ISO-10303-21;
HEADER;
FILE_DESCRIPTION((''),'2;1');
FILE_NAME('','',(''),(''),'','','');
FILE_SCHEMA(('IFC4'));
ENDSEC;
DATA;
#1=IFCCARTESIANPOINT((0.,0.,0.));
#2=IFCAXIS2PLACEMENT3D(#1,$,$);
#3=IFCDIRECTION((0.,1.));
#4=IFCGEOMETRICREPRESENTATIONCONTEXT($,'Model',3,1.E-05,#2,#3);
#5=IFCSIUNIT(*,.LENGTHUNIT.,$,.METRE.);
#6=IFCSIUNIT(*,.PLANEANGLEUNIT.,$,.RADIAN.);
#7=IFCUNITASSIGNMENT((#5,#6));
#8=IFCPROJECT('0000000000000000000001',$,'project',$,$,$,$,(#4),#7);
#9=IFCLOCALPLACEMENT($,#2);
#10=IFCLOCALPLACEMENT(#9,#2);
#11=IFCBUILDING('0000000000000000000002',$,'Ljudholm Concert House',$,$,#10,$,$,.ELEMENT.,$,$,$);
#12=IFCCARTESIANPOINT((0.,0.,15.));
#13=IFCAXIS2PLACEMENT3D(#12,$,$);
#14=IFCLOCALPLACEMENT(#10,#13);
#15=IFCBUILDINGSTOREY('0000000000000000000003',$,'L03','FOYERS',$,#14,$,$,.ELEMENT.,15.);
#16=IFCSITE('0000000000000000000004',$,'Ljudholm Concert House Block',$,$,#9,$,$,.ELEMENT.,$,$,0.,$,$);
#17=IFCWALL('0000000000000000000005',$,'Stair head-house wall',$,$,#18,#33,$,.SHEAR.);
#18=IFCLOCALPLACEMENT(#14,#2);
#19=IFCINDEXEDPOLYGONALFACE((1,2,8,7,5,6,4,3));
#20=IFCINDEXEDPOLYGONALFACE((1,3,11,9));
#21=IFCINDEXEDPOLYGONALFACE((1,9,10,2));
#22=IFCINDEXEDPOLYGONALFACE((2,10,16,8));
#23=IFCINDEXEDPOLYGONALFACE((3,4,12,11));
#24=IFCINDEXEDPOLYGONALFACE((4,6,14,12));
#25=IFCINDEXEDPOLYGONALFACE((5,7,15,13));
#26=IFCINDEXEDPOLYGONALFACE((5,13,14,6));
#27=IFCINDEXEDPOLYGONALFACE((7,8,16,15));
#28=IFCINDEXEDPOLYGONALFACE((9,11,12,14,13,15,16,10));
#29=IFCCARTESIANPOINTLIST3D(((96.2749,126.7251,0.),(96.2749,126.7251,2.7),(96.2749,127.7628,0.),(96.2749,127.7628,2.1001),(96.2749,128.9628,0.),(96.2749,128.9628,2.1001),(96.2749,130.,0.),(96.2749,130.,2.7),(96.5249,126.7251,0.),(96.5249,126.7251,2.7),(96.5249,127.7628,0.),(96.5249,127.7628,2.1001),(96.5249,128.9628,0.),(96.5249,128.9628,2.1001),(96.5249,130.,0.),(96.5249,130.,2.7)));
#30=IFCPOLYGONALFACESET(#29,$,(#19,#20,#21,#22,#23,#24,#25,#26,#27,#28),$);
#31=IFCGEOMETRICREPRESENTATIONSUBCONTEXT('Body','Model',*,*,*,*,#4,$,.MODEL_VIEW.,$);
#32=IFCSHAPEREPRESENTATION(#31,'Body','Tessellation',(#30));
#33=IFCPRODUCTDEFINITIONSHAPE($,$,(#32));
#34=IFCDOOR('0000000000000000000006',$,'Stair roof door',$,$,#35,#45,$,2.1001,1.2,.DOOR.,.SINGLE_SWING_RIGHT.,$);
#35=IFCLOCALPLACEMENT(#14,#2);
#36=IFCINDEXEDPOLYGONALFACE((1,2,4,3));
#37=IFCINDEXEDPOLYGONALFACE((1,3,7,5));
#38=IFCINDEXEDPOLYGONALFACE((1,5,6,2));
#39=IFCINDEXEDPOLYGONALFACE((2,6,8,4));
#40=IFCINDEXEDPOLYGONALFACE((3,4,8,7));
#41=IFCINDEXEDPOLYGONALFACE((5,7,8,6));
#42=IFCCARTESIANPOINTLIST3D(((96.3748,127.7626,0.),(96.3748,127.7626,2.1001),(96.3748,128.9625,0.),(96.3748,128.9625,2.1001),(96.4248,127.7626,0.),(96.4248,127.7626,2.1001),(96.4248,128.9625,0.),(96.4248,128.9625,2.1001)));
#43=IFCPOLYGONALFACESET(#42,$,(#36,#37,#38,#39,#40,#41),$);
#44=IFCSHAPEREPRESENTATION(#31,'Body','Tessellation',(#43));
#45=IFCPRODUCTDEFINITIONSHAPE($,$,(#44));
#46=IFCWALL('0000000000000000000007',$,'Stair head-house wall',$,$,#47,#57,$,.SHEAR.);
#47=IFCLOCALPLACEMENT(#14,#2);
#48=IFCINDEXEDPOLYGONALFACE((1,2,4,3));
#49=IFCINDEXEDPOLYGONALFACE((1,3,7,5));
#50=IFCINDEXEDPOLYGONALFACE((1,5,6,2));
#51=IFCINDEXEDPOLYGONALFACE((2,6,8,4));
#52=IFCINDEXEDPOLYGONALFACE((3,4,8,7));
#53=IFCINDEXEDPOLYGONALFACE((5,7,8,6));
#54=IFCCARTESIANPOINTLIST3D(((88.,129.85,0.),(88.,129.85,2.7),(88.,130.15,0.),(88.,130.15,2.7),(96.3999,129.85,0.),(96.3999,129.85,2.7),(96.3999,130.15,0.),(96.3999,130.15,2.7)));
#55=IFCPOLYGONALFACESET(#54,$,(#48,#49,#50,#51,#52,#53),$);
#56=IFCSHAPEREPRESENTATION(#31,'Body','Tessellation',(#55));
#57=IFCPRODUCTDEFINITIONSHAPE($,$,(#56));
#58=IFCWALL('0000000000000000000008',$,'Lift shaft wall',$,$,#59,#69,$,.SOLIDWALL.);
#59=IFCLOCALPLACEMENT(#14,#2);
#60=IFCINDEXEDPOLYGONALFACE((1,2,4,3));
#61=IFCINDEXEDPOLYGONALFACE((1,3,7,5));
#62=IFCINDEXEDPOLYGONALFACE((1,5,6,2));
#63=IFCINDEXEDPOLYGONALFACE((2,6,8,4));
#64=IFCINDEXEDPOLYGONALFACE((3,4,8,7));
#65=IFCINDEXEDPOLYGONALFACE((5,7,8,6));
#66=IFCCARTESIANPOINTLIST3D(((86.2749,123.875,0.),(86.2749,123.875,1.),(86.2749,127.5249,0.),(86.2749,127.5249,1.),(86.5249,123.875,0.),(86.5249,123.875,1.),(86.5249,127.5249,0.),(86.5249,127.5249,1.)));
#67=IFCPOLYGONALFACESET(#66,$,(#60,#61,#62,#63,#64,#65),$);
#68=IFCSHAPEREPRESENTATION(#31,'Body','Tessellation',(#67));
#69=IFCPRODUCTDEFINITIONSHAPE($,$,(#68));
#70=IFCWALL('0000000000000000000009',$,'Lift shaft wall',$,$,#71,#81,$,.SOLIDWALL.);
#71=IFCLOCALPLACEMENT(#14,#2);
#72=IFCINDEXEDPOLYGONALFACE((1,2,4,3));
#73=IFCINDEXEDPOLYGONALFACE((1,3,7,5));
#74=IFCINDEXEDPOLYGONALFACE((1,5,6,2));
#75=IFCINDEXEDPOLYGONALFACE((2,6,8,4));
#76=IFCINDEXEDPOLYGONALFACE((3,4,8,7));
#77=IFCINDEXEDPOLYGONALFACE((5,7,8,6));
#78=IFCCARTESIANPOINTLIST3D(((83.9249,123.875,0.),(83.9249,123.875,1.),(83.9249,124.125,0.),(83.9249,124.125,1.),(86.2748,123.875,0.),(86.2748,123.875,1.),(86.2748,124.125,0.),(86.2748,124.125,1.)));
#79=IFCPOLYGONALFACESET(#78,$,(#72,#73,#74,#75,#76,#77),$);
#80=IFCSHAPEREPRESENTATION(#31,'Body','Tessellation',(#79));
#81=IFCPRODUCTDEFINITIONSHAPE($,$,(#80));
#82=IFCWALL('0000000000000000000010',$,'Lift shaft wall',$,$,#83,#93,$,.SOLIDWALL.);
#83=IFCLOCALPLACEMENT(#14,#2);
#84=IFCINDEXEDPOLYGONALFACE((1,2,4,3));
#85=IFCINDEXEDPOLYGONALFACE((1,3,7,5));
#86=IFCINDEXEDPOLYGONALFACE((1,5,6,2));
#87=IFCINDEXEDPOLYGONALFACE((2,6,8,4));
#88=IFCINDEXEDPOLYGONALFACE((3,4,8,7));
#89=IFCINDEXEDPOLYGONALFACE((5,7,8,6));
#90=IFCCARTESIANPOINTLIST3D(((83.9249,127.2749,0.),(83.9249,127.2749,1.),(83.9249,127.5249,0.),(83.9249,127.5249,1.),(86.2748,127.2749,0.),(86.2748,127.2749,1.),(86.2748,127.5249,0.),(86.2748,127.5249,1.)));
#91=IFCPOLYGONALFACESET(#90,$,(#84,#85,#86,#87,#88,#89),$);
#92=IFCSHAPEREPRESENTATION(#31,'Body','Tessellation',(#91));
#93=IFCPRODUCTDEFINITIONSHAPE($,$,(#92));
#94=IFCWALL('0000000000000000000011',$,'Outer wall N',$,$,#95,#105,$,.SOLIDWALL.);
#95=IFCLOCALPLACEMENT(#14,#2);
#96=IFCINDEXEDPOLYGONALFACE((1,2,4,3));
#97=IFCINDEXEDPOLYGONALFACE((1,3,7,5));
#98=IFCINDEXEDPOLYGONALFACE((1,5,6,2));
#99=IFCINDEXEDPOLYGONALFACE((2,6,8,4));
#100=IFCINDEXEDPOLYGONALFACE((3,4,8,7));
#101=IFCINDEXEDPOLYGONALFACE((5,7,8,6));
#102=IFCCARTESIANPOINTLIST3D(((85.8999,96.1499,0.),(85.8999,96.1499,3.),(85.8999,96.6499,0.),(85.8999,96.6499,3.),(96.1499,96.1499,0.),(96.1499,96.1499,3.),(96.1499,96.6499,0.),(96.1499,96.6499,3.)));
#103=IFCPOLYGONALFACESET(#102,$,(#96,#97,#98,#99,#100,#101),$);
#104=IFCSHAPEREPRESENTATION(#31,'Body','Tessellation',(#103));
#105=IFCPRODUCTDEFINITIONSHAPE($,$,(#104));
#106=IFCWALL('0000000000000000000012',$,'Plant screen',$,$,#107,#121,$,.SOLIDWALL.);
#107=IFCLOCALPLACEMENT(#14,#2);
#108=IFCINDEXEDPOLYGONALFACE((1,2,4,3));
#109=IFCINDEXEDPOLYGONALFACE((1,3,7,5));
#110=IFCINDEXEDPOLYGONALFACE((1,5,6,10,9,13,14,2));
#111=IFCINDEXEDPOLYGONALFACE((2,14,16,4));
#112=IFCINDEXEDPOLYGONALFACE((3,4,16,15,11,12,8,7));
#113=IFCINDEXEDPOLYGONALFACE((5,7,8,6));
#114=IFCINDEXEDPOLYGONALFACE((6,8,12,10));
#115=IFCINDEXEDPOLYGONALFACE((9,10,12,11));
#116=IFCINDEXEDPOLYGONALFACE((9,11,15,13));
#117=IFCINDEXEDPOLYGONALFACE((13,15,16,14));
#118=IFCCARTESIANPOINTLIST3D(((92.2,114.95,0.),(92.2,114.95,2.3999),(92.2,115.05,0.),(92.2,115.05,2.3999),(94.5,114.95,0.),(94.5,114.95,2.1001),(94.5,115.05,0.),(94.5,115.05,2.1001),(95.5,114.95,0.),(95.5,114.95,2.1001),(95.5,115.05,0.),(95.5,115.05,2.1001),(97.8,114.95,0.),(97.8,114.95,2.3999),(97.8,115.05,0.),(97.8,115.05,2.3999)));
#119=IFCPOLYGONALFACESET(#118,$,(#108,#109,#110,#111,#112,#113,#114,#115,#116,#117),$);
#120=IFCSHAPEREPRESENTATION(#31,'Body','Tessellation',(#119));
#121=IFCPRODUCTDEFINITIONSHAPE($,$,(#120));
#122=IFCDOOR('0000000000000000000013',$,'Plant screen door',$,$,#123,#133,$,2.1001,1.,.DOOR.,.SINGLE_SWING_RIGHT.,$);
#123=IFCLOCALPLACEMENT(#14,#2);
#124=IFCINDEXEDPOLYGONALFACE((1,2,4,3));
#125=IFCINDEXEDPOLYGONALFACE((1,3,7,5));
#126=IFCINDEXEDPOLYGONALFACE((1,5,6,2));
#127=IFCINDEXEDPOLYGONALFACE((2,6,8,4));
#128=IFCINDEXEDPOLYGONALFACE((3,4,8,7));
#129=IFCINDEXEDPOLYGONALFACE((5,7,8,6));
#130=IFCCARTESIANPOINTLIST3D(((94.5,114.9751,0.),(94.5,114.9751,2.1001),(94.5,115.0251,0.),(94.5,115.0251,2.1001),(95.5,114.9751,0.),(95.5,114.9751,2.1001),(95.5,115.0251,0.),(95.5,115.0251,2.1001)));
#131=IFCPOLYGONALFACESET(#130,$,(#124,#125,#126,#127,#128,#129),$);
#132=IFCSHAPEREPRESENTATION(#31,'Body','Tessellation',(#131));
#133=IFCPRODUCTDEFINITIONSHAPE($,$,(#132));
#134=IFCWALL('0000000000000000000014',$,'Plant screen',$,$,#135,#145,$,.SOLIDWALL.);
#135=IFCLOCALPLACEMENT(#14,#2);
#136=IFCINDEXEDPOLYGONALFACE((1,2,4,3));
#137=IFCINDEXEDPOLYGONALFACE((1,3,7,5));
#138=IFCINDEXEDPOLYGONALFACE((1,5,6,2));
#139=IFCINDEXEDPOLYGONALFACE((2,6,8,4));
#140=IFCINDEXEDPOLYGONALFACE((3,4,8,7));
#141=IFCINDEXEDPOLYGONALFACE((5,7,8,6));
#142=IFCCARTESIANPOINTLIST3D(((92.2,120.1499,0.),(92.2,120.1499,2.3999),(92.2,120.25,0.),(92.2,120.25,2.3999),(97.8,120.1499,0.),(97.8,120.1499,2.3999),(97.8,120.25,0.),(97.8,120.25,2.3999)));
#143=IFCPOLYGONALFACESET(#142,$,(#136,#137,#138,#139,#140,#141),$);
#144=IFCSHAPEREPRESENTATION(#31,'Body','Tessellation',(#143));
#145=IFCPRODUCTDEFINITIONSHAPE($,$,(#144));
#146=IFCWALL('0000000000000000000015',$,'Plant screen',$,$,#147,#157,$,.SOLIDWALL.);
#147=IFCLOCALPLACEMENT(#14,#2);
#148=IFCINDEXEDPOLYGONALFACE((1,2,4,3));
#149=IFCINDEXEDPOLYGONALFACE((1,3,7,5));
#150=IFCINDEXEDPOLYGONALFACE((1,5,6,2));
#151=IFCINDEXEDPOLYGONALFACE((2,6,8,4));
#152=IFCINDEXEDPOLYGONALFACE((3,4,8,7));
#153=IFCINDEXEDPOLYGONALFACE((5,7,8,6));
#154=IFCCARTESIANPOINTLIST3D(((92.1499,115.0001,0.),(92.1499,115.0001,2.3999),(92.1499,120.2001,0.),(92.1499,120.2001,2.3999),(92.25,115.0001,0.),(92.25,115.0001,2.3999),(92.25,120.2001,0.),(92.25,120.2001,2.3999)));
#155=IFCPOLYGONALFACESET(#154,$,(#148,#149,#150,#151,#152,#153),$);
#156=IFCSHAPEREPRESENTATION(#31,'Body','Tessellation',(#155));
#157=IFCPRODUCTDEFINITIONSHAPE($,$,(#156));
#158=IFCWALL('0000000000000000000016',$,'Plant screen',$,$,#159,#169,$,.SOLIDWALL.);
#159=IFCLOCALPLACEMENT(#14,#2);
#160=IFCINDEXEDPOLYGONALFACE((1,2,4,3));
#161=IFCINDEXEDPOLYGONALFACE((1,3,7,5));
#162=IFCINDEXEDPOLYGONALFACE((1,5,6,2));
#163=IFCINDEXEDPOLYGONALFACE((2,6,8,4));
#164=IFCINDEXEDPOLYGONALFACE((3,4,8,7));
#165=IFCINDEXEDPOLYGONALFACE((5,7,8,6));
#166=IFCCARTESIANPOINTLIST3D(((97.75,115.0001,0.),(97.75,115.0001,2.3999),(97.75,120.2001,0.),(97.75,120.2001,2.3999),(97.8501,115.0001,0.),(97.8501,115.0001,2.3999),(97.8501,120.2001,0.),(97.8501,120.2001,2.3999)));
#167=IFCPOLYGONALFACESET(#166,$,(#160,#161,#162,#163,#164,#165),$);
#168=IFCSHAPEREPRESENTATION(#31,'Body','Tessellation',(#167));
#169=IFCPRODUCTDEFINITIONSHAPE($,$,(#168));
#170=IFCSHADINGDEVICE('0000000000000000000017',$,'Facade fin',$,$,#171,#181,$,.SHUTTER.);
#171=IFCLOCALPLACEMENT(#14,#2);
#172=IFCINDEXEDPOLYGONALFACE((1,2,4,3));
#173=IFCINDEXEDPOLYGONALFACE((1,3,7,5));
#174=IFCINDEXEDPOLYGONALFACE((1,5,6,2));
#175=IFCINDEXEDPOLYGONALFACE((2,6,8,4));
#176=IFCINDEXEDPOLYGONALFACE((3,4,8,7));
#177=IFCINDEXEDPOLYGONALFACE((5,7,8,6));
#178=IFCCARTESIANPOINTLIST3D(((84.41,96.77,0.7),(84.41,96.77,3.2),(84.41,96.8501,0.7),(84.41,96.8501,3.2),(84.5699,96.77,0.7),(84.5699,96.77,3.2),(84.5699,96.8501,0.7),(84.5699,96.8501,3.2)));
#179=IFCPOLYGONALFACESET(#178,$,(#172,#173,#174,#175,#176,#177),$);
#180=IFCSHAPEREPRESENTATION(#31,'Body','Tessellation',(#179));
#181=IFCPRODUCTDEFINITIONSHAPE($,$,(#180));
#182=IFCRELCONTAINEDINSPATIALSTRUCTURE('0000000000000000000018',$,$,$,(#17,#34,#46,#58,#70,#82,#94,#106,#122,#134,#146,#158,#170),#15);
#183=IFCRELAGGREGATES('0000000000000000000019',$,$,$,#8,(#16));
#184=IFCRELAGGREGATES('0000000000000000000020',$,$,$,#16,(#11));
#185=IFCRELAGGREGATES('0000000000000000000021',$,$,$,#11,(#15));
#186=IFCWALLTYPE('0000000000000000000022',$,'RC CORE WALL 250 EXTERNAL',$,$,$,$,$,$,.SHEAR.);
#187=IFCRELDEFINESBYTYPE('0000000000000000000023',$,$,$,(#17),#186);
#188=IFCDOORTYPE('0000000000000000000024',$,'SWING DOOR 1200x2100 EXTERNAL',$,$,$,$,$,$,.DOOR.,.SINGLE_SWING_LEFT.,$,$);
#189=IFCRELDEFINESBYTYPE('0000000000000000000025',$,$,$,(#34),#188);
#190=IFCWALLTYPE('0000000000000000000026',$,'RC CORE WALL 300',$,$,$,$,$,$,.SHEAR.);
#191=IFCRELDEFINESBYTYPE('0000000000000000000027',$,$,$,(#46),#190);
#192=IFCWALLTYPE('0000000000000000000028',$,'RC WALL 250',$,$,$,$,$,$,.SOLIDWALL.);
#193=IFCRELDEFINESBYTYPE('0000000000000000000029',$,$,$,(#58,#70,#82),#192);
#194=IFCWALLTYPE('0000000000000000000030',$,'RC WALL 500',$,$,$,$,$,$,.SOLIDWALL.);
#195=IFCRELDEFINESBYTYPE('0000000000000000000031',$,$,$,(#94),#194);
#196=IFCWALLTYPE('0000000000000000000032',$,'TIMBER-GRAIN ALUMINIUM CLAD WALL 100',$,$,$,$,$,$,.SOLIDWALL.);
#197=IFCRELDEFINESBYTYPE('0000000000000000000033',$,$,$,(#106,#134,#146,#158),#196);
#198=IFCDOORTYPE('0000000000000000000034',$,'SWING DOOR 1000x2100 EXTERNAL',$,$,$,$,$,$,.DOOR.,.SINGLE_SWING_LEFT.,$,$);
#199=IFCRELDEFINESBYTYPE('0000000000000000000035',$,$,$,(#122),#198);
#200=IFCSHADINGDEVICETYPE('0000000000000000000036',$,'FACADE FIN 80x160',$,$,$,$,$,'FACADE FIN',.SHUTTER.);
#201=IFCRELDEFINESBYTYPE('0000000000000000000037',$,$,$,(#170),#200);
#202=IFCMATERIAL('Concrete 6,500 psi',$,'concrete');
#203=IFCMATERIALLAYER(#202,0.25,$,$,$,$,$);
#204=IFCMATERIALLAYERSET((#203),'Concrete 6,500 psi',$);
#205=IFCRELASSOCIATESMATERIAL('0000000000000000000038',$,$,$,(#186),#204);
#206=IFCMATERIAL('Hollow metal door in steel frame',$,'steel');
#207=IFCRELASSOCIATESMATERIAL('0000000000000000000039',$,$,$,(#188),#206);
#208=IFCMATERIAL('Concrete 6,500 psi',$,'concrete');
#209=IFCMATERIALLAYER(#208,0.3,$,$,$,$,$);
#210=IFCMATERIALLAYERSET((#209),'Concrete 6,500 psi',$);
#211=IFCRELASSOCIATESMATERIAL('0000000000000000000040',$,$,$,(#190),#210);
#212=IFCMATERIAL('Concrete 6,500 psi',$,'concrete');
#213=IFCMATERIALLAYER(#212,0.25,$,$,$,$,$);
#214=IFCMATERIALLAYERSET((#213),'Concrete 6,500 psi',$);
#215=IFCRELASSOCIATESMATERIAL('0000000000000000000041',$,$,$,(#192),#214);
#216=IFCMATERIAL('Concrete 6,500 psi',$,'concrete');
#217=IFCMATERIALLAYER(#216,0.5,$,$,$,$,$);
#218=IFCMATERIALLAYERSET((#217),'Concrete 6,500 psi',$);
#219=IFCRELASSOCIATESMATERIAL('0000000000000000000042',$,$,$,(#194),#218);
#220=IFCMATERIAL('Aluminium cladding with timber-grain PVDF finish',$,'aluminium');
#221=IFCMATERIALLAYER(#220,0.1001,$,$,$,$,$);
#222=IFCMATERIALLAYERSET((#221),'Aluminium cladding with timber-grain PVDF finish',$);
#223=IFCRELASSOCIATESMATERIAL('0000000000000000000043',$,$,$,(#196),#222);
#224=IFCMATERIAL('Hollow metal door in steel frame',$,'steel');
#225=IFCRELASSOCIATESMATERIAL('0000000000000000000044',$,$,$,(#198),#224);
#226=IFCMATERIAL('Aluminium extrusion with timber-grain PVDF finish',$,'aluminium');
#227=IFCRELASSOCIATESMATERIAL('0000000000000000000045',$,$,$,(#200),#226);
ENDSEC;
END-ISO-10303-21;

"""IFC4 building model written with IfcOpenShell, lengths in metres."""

from ifc_helpers import new_model, si_unit, direction, frame, frame_2d, origin, origin_2d, place, context, subcontext, project, spatial, rectangle, extrude, material, layer, layer_set, type_object, element, fill, save


model = new_model("IFC4")

# Units and contexts
model_context = context("Model", 3, precision=1e-05, world=origin(), true_north=direction((0.0, 1.0)))
body_context = subcontext(model_context, "Body", "Model", "MODEL_VIEW")
ifc_project = project(units=[si_unit("LENGTHUNIT", "METRE"), si_unit("PLANEANGLEUNIT", "RADIAN")], contexts=[model_context])

# Site, building, storey
site_placement = place(None, origin())
site = spatial("IfcSite", under=ifc_project, at=site_placement, Name="Ljudholm Concert House Block", CompositionType="ELEMENT", RefElevation=0.0)
building_placement = place(site_placement, origin())
building = spatial("IfcBuilding", under=site, at=building_placement, Name="Ljudholm Concert House", CompositionType="ELEMENT")
storey_placement = place(building_placement, frame((0.0, 0.0, 15.0)))
storey = spatial("IfcBuildingStorey", under=building, at=storey_placement, Name="L03", Description="FOYERS", CompositionType="ELEMENT", Elevation=15.0)

# Shared definitions
ifc_material_1 = material(Name="Concrete 6,500 psi", Category="concrete")
ifc_layer_1 = layer(ifc_material_1, 0.25)
ifc_layer_set_1 = layer_set([ifc_layer_1], Name="Concrete 6,500 psi")
wall_type_1 = type_object("IfcWallType", Name="RC CORE WALL 250 EXTERNAL", PredefinedType="SHEAR", material=ifc_layer_set_1)

# Wall, opening, door
wall_1_placement = place(storey_placement, frame((96.3999, 126.7251, 0.0), z_axis=(0.0, 0.0, 1.0), x_axis=(0.0, 1.0, 0.0)))
wall_1 = element("IfcWall", 1, at=wall_1_placement, inside=storey, type_object=wall_type_1, Name="Stair head-house wall", PredefinedType="SHEAR", context=body_context, shape_type="SweptSolid", body=[
    extrude(rectangle(XDim=3.2749, YDim=0.25, at=frame_2d((1.6375, 0.0))), origin(), (0.0, 0.0, 1.0), 2.7),
])
opening_1_placement = place(wall_1_placement, frame((1.0376, 0.0, 0.0)))
opening_1 = element("IfcOpeningElement", 2, at=opening_1_placement, cuts=wall_1, PredefinedType="OPENING", context=body_context, shape_type="SweptSolid", body=[
    extrude(rectangle(XDim=1.2, YDim=2.1001, at=frame_2d((0.6001, 1.05))), frame((0.0, 0.135, 0.0), z_axis=(0.0, -1.0, 0.0), x_axis=(1.0, 0.0, 0.0)), (0.0, 0.0, 1.0), 0.27),
])
ifc_material_2 = material(Name="Hollow metal door in steel frame", Category="steel")
door_type_1 = type_object("IfcDoorType", Name="SWING DOOR 1200x2100 EXTERNAL", OperationType="SINGLE_SWING_LEFT", PredefinedType="DOOR", material=ifc_material_2)
door_1_placement = place(opening_1_placement, frame((1.2, 0.0, 0.0), z_axis=(0.0, 0.0, 1.0), x_axis=(-1.0, 0.0, 0.0)))
door_1 = element("IfcDoor", 3, at=door_1_placement, inside=storey, type_object=door_type_1, Name="Stair roof door", OperationType="SINGLE_SWING_RIGHT", OverallHeight=2.1001, OverallWidth=1.2, PredefinedType="DOOR", context=body_context, shape_type="SweptSolid", body=[
    extrude(rectangle(XDim=1.2, YDim=2.1001, at=frame_2d((0.6001, 1.05))), frame((0.0, 0.0249, 0.0), z_axis=(0.0, -1.0, 0.0), x_axis=(1.0, 0.0, 0.0)), (0.0, 0.0, 1.0), 0.05),
])
fill(opening_1, door_1)

# Walls
ifc_material_3 = material(Name="Concrete 6,500 psi", Category="concrete")
ifc_layer_2 = layer(ifc_material_3, 0.3)
ifc_layer_set_2 = layer_set([ifc_layer_2], Name="Concrete 6,500 psi")
wall_type_2 = type_object("IfcWallType", Name="RC CORE WALL 300", PredefinedType="SHEAR", material=ifc_layer_set_2)
wall_2_placement = place(storey_placement, frame((88.0, 130.0, 0.0), z_axis=(0.0, 0.0, 1.0), x_axis=(1.0, 0.0, 0.0)))
element("IfcWall", 4, at=wall_2_placement, inside=storey, type_object=wall_type_2, Name="Stair head-house wall", PredefinedType="SHEAR", context=body_context, shape_type="SweptSolid", body=[
    extrude(rectangle(XDim=8.3999, YDim=0.3, at=frame_2d((4.2, 0.0))), origin(), (0.0, 0.0, 1.0), 2.7),
])
ifc_material_4 = material(Name="Concrete 6,500 psi", Category="concrete")
ifc_layer_3 = layer(ifc_material_4, 0.25)
ifc_layer_set_3 = layer_set([ifc_layer_3], Name="Concrete 6,500 psi")
wall_type_3 = type_object("IfcWallType", Name="RC WALL 250", PredefinedType="SOLIDWALL", material=ifc_layer_set_3)
wall_3_placement = place(storey_placement, frame((86.3999, 123.875, 0.0), z_axis=(0.0, 0.0, 1.0), x_axis=(0.0, 1.0, 0.0)))
element("IfcWall", 5, at=wall_3_placement, inside=storey, type_object=wall_type_3, Name="Lift shaft wall", PredefinedType="SOLIDWALL", context=body_context, shape_type="SweptSolid", body=[
    extrude(rectangle(XDim=3.6499, YDim=0.25, at=frame_2d((1.825, 0.0))), origin(), (0.0, 0.0, 1.0), 1.0),
])
for number, where, z_axis, x_axis, name in (
    (6, (83.925, 124.0, 0.0), (0.0, 0.0, 1.0), (1.0, 0.0, 0.0), "Lift shaft wall"),
    (7, (83.925, 127.3999, 0.0), (0.0, 0.0, 1.0), (1.0, 0.0, 0.0), "Lift shaft wall"),
):
    element("IfcWall", number, at=place(storey_placement, frame(where, z_axis=z_axis, x_axis=x_axis)), inside=storey, type_object=wall_type_3, Name=name, PredefinedType="SOLIDWALL", context=body_context, shape_type="SweptSolid", body=[
        extrude(rectangle(XDim=2.3499, YDim=0.25, at=frame_2d((1.1748, 0.0))), origin(), (0.0, 0.0, 1.0), 1.0),
    ])
ifc_material_5 = material(Name="Concrete 6,500 psi", Category="concrete")
ifc_layer_4 = layer(ifc_material_5, 0.5)
ifc_layer_set_4 = layer_set([ifc_layer_4], Name="Concrete 6,500 psi")
wall_type_4 = type_object("IfcWallType", Name="RC WALL 500", PredefinedType="SOLIDWALL", material=ifc_layer_set_4)
wall_4_placement = place(storey_placement, frame((85.8999, 96.3999, 0.0), z_axis=(0.0, 0.0, 1.0), x_axis=(1.0, 0.0, 0.0)))
element("IfcWall", 8, at=wall_4_placement, inside=storey, type_object=wall_type_4, Name="Outer wall N", PredefinedType="SOLIDWALL", context=body_context, shape_type="SweptSolid", body=[
    extrude(rectangle(XDim=10.25, YDim=0.5, at=frame_2d((5.125, 0.0))), origin(), (0.0, 0.0, 1.0), 3.0),
])

# Wall, opening, door
ifc_material_6 = material(Name="Aluminium cladding with timber-grain PVDF finish", Category="aluminium")
ifc_layer_5 = layer(ifc_material_6, 0.1001)
ifc_layer_set_5 = layer_set([ifc_layer_5], Name="Aluminium cladding with timber-grain PVDF finish")
wall_type_5 = type_object("IfcWallType", Name="TIMBER-GRAIN ALUMINIUM CLAD WALL 100", PredefinedType="SOLIDWALL", material=ifc_layer_set_5)
wall_5_placement = place(storey_placement, frame((92.2, 115.0, 0.0), z_axis=(0.0, 0.0, 1.0), x_axis=(1.0, 0.0, 0.0)))
wall_5 = element("IfcWall", 9, at=wall_5_placement, inside=storey, type_object=wall_type_5, Name="Plant screen", PredefinedType="SOLIDWALL", context=body_context, shape_type="SweptSolid", body=[
    extrude(rectangle(XDim=5.6001, YDim=0.1001, at=frame_2d((2.8, 0.0))), origin(), (0.0, 0.0, 1.0), 2.3999),
])
opening_2_placement = place(wall_5_placement, frame((2.3, 0.0, 0.0)))
opening_2 = element("IfcOpeningElement", 10, at=opening_2_placement, cuts=wall_5, PredefinedType="OPENING", context=body_context, shape_type="SweptSolid", body=[
    extrude(rectangle(XDim=1.0, YDim=2.1001, at=frame_2d((0.5, 1.05))), frame((0.0, 0.0601, 0.0), z_axis=(0.0, -1.0, 0.0), x_axis=(1.0, 0.0, 0.0)), (0.0, 0.0, 1.0), 0.1201),
])
ifc_material_7 = material(Name="Hollow metal door in steel frame", Category="steel")
door_type_2 = type_object("IfcDoorType", Name="SWING DOOR 1000x2100 EXTERNAL", OperationType="SINGLE_SWING_LEFT", PredefinedType="DOOR", material=ifc_material_7)
door_2_placement = place(opening_2_placement, frame((1.0, 0.0, 0.0), z_axis=(0.0, 0.0, 1.0), x_axis=(-1.0, 0.0, 0.0)))
door_2 = element("IfcDoor", 11, at=door_2_placement, inside=storey, type_object=door_type_2, Name="Plant screen door", OperationType="SINGLE_SWING_RIGHT", OverallHeight=2.1001, OverallWidth=1.0, PredefinedType="DOOR", context=body_context, shape_type="SweptSolid", body=[
    extrude(rectangle(XDim=1.0, YDim=2.1001, at=frame_2d((0.5, 1.05))), frame((0.0, 0.0249, 0.0), z_axis=(0.0, -1.0, 0.0), x_axis=(1.0, 0.0, 0.0)), (0.0, 0.0, 1.0), 0.05),
])
fill(opening_2, door_2)

# Walls
wall_6_placement = place(storey_placement, frame((92.2, 120.2, 0.0), z_axis=(0.0, 0.0, 1.0), x_axis=(1.0, 0.0, 0.0)))
element("IfcWall", 12, at=wall_6_placement, inside=storey, type_object=wall_type_5, Name="Plant screen", PredefinedType="SOLIDWALL", context=body_context, shape_type="SweptSolid", body=[
    extrude(rectangle(XDim=5.6001, YDim=0.1001, at=frame_2d((2.8, 0.0))), origin(), (0.0, 0.0, 1.0), 2.3999),
])
for number, where, z_axis, x_axis, name in (
    (13, (92.2, 115.0, 0.0), (0.0, 0.0, 1.0), (0.0, 1.0, 0.0), "Plant screen"),
    (14, (97.8, 115.0, 0.0), (0.0, 0.0, 1.0), (0.0, 1.0, 0.0), "Plant screen"),
):
    element("IfcWall", number, at=place(storey_placement, frame(where, z_axis=z_axis, x_axis=x_axis)), inside=storey, type_object=wall_type_5, Name=name, PredefinedType="SOLIDWALL", context=body_context, shape_type="SweptSolid", body=[
        extrude(rectangle(XDim=5.2, YDim=0.1001, at=frame_2d((2.6001, 0.0))), origin(), (0.0, 0.0, 1.0), 2.3999),
    ])

# Shading device
ifc_material_8 = material(Name="Aluminium extrusion with timber-grain PVDF finish", Category="aluminium")
shading_device_type = type_object("IfcShadingDeviceType", Name="FACADE FIN 80x160", ElementType="FACADE FIN", PredefinedType="SHUTTER", material=ifc_material_8)
shading_device_placement = place(storey_placement, frame((84.49, 96.8101, 0.7), z_axis=(0.0, 0.0, 1.0), x_axis=(0.0, 1.0, 0.0)))
element("IfcShadingDevice", 15, at=shading_device_placement, inside=storey, type_object=shading_device_type, Name="Facade fin", PredefinedType="SHUTTER", context=body_context, shape_type="SweptSolid", body=[
    extrude(rectangle(XDim=0.0801, YDim=0.1599, at=origin_2d()), origin(), (0.0, 0.0, 1.0), 2.5),
])

save(model, "model.ifc")
